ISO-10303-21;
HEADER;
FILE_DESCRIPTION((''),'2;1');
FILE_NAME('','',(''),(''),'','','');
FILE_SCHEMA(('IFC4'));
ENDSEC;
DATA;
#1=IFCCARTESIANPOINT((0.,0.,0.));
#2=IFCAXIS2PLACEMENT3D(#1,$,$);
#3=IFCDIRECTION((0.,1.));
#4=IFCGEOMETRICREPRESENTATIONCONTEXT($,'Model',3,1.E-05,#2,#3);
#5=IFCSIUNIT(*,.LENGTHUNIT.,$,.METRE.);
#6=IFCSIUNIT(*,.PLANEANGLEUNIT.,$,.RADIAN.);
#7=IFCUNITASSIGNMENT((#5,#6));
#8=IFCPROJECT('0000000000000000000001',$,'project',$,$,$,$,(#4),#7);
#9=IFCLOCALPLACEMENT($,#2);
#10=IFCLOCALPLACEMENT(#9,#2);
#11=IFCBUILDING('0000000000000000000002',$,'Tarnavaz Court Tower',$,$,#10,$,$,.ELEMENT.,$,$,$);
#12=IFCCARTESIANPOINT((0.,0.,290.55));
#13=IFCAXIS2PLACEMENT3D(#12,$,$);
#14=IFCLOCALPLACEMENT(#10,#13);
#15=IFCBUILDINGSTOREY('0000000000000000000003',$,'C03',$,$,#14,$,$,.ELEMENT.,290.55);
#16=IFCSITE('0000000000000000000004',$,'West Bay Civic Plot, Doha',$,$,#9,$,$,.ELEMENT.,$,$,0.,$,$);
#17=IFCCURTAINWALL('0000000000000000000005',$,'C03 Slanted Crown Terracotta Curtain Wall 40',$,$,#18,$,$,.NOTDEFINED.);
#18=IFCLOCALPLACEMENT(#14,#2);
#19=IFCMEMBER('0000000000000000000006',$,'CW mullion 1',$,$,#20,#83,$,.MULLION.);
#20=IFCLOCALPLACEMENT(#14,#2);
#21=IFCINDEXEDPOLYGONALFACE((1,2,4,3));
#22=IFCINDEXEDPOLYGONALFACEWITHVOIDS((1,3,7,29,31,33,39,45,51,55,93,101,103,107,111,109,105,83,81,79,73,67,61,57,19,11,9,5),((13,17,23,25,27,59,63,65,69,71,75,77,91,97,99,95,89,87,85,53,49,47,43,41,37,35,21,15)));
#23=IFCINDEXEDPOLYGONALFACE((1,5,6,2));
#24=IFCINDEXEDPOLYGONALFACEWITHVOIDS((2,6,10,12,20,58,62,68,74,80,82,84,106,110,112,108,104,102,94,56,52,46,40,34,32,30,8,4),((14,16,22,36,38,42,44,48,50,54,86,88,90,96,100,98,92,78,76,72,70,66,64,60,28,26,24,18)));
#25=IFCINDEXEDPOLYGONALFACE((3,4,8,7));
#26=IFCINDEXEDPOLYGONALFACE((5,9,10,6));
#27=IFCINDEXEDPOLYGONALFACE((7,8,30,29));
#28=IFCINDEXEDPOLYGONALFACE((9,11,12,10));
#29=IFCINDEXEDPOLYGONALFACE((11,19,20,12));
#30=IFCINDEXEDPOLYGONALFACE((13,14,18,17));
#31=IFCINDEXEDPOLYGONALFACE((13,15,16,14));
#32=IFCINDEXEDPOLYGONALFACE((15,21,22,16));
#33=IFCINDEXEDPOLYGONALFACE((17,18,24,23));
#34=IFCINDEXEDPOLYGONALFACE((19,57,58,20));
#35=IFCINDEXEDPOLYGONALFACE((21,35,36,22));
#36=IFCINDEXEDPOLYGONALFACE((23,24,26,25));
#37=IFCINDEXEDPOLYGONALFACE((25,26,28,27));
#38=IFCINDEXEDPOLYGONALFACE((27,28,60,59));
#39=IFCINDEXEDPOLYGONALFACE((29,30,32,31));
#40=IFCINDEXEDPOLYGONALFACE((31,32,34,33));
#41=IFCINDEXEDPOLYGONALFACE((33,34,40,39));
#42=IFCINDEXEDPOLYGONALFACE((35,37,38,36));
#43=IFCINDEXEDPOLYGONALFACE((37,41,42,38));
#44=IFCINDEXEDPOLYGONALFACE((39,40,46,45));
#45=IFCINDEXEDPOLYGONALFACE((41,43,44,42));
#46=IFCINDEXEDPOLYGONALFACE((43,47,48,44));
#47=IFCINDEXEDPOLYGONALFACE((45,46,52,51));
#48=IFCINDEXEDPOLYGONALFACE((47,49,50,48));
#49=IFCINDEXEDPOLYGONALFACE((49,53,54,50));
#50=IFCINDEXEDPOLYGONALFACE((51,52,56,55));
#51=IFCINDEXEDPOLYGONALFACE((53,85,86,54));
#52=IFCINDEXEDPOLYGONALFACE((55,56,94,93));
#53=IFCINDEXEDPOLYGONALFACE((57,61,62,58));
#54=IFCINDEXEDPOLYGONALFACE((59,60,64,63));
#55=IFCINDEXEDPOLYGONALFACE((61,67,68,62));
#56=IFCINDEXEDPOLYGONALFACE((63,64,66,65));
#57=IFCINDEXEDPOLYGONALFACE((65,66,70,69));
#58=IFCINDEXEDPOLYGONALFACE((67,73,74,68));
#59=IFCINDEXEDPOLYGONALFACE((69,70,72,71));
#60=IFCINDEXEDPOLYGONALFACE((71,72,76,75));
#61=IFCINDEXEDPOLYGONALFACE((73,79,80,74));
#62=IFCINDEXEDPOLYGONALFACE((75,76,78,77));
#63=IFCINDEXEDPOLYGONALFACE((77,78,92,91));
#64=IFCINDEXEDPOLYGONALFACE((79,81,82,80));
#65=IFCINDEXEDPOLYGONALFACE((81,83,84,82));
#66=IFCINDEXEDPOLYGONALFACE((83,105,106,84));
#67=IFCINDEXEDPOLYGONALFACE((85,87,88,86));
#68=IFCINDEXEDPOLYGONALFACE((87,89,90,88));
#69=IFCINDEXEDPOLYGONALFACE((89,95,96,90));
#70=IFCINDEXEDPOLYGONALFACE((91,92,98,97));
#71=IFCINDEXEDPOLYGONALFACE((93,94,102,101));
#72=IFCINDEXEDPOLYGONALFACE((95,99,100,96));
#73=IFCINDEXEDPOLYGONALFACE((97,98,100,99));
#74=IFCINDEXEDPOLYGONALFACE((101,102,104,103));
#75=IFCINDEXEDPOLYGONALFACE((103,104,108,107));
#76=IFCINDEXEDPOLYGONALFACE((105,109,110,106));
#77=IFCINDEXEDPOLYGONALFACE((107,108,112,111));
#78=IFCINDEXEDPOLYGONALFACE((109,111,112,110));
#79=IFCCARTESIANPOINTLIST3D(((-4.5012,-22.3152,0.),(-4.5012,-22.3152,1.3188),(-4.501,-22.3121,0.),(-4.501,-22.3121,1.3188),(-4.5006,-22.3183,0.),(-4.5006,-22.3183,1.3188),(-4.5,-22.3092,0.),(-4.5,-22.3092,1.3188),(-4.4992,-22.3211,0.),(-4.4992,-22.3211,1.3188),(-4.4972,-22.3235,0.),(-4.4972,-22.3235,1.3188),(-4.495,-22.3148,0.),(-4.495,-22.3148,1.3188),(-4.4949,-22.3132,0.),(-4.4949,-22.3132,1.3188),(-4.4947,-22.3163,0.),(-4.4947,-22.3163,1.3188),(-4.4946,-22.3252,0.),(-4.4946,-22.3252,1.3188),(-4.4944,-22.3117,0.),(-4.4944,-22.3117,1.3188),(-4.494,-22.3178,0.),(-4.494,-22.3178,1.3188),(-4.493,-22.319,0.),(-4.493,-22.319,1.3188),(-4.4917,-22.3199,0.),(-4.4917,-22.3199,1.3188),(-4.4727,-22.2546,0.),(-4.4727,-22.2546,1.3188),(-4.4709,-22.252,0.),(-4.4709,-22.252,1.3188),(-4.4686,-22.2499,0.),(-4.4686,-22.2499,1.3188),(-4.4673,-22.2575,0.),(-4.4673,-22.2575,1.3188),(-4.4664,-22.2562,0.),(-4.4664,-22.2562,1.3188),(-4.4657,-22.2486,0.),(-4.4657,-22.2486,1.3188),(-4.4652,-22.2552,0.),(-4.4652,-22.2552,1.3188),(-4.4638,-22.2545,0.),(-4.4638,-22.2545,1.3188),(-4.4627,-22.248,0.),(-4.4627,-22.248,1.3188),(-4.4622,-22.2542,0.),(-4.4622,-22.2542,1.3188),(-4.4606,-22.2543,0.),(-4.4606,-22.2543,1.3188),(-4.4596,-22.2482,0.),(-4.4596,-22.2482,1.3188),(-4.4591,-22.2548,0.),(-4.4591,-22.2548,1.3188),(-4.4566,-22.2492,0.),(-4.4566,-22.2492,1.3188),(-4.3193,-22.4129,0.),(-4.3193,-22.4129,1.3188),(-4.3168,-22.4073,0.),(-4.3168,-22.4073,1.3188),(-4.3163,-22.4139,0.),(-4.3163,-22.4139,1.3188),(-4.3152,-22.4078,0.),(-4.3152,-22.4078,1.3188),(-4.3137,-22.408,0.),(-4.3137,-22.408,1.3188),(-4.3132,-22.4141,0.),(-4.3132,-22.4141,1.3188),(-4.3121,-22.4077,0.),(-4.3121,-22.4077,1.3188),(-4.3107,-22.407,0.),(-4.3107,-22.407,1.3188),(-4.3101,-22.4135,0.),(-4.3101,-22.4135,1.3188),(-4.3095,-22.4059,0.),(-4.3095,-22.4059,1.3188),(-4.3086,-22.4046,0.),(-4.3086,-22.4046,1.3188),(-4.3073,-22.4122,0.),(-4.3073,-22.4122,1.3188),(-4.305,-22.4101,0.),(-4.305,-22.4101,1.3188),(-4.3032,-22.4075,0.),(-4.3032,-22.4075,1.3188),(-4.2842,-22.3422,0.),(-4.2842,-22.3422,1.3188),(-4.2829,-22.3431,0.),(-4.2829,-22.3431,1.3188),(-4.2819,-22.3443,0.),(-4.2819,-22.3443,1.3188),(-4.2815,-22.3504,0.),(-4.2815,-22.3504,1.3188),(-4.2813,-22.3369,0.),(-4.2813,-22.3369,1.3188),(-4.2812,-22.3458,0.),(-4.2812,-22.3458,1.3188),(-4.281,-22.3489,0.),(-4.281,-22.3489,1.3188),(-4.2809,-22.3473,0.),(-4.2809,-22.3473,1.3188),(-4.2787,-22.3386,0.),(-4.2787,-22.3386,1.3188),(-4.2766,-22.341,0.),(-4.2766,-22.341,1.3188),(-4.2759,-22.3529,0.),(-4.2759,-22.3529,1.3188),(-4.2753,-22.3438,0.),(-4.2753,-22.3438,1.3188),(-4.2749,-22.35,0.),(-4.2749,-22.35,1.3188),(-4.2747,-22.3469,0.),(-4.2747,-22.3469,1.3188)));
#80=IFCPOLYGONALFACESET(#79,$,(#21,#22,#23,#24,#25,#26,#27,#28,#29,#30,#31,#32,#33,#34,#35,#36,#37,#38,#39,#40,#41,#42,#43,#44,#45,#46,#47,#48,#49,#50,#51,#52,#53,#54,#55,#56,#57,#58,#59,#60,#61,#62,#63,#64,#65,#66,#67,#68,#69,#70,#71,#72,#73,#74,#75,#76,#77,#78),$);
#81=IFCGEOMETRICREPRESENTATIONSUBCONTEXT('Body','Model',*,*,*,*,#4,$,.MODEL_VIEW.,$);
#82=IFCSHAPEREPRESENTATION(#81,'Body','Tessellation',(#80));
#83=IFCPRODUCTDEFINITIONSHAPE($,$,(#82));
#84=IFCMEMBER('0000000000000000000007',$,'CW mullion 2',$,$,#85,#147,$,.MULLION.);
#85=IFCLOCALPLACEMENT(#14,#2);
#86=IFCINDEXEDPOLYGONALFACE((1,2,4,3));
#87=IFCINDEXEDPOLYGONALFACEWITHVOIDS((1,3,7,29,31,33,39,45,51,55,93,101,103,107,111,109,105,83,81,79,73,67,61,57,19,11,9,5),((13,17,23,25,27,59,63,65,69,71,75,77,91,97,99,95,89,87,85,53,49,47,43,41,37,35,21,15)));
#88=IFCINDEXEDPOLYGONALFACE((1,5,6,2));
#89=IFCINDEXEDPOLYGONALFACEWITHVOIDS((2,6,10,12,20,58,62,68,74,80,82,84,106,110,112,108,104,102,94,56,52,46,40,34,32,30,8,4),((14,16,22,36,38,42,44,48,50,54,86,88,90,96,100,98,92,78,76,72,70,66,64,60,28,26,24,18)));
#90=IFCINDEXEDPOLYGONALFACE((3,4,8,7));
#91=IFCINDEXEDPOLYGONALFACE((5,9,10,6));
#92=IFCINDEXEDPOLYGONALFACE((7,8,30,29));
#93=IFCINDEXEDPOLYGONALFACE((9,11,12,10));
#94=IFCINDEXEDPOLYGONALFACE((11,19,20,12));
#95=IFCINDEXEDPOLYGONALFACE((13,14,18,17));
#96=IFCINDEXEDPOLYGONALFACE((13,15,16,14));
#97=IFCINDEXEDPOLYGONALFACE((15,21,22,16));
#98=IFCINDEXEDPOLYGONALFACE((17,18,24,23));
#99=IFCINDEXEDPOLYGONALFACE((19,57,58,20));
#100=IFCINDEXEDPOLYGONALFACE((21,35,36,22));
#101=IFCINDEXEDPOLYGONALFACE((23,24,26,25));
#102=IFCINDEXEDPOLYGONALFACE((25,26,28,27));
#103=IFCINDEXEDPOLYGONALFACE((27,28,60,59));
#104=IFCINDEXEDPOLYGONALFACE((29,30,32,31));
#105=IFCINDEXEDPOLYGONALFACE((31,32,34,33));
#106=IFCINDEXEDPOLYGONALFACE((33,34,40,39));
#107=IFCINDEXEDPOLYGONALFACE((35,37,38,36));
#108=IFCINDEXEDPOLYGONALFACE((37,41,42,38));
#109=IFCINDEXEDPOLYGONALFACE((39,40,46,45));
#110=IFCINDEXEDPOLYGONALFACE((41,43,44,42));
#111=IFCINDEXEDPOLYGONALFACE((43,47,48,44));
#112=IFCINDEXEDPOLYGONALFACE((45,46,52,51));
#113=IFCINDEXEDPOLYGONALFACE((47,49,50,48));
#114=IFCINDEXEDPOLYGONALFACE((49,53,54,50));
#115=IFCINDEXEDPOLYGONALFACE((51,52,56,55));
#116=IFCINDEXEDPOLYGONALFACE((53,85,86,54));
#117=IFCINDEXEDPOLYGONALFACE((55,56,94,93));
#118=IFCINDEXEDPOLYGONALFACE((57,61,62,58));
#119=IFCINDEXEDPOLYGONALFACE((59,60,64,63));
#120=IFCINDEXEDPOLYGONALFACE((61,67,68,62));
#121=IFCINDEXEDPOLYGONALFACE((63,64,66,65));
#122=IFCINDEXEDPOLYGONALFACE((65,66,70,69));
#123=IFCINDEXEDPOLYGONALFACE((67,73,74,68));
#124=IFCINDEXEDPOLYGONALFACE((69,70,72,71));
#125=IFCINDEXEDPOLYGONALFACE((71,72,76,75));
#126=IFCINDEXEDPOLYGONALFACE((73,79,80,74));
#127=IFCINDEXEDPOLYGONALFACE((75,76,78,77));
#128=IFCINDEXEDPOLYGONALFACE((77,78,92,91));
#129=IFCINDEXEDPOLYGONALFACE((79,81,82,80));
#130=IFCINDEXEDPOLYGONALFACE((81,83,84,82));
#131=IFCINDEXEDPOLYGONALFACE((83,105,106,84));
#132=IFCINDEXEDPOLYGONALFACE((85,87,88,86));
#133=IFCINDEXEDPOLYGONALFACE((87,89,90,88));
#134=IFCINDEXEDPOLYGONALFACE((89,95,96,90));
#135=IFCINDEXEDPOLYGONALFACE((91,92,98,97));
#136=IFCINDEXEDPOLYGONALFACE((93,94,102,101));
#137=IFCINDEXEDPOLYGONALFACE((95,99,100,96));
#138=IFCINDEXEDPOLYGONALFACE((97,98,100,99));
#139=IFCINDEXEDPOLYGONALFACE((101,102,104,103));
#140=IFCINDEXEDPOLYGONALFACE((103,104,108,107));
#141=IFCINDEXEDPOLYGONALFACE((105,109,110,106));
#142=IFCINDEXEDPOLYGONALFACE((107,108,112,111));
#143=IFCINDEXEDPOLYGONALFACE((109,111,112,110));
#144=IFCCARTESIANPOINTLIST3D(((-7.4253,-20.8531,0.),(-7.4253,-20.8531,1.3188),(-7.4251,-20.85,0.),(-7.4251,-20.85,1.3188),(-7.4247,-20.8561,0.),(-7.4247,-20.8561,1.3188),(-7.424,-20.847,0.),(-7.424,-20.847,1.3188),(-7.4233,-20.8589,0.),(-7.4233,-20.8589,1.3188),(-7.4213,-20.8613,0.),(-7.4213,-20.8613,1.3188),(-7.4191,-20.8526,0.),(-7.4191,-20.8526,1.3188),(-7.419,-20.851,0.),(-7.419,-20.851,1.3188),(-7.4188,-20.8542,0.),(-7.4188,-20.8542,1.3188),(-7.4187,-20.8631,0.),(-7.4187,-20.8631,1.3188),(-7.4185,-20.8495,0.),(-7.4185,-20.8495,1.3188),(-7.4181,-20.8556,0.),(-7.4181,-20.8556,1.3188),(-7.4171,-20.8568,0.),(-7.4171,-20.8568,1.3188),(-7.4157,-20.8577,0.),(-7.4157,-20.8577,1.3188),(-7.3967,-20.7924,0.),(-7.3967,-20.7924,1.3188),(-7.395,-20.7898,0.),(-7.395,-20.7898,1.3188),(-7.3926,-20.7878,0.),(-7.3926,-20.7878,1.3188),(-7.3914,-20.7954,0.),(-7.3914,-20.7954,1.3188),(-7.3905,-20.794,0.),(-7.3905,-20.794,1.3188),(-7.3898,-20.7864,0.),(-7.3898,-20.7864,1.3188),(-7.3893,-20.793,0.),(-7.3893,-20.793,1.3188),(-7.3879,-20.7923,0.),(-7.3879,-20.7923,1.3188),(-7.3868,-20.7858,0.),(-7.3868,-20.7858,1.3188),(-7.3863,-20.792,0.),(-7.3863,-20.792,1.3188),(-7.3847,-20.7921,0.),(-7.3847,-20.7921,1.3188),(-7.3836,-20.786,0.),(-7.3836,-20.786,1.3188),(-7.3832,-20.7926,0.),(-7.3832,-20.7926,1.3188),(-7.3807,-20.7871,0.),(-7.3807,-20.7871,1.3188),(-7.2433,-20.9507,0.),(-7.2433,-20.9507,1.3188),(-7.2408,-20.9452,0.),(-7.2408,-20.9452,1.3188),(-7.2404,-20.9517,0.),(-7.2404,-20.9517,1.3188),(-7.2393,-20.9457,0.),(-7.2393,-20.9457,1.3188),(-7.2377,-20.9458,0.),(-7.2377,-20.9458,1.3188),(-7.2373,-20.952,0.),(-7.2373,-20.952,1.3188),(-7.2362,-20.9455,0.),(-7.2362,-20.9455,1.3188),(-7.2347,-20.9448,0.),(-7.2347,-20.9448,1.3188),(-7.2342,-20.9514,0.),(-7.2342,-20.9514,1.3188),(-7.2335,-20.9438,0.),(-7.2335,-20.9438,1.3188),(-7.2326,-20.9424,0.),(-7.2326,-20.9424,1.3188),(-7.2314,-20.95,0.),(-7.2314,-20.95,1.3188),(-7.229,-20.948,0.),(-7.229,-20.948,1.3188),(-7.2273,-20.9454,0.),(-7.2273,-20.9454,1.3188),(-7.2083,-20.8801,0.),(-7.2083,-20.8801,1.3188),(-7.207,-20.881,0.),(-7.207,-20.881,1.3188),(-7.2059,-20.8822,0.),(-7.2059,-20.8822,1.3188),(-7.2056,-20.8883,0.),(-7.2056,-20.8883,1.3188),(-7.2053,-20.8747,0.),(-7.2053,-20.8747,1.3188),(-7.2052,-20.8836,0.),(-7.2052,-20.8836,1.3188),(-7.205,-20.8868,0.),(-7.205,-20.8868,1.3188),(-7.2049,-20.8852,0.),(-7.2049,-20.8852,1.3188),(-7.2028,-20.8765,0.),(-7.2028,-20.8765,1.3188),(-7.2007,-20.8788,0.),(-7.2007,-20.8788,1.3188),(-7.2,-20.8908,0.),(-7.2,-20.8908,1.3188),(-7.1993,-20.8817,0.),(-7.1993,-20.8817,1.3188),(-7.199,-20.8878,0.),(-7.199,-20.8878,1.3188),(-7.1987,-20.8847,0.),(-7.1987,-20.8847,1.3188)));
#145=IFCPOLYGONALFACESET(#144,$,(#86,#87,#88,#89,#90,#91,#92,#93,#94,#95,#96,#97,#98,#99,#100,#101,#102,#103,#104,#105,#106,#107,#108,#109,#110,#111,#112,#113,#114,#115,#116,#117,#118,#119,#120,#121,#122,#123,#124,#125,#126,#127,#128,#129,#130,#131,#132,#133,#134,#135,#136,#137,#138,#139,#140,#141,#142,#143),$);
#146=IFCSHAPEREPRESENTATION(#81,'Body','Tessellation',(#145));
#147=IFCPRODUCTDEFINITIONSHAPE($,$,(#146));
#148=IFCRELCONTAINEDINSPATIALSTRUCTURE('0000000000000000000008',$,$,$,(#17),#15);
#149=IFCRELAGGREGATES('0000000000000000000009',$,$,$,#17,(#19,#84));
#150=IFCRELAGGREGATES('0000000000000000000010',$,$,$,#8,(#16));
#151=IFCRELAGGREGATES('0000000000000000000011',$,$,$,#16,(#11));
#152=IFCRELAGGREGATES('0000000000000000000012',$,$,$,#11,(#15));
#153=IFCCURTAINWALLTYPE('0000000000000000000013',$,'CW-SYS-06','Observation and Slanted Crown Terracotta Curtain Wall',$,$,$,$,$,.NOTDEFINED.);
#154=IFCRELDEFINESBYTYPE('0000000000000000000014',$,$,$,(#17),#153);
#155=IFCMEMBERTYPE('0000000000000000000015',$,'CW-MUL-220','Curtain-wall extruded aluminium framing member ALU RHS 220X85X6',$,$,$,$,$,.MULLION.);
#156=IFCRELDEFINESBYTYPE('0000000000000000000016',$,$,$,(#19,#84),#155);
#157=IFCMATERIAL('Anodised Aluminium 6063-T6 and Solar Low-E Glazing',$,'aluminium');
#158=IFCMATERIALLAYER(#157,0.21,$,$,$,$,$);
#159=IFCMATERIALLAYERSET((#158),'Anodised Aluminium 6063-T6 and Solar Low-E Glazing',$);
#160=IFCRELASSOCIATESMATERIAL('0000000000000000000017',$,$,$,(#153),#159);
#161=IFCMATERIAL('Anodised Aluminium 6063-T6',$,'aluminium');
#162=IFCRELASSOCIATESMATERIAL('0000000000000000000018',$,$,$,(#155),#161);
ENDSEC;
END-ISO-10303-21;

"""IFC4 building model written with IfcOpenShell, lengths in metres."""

from ifc_helpers import new_model, si_unit, direction, frame, origin, origin_2d, place, context, subcontext, project, spatial, hollow_rectangle, extrude, material, layer, layer_set, material_profile, profile_set, type_object, element, aggregate, save


model = new_model("IFC4")

# Units and contexts
model_context = context("Model", 3, precision=1e-05, world=origin(), true_north=direction((0.0, 1.0)))
body_context = subcontext(model_context, "Body", "Model", "MODEL_VIEW")
ifc_project = project(units=[si_unit("LENGTHUNIT", "METRE"), si_unit("PLANEANGLEUNIT", "RADIAN")], contexts=[model_context])

# Site, building, storey
site_placement = place(None, origin())
site = spatial("IfcSite", under=ifc_project, at=site_placement, Name="West Bay Civic Plot, Doha", CompositionType="ELEMENT", RefElevation=0.0)
building_placement = place(site_placement, origin())
building = spatial("IfcBuilding", under=site, at=building_placement, Name="Tarnavaz Court Tower", CompositionType="ELEMENT")
storey_placement = place(building_placement, frame((0.0, 0.0, 290.55)))
storey = spatial("IfcBuildingStorey", under=building, at=storey_placement, Name="C03", CompositionType="ELEMENT", Elevation=290.55)

# Shared definitions
ifc_material_1 = material(Name="Anodised Aluminium 6063-T6 and Solar Low-E Glazing", Category="aluminium")
ifc_layer_1 = layer(ifc_material_1, 0.21)
ifc_layer_set_1 = layer_set([ifc_layer_1], Name="Anodised Aluminium 6063-T6 and Solar Low-E Glazing")
curtain_wall_type = type_object("IfcCurtainWallType", Name="CW-SYS-06", Description="Observation and Slanted Crown Terracotta Curtain Wall", PredefinedType="NOTDEFINED", material=ifc_layer_set_1)
ifc_material_2 = material(Name="Anodised Aluminium 6063-T6", Category="aluminium")
ifc_material_profile_1 = material_profile(ifc_material_2, hollow_rectangle(XDim=0.085, YDim=0.22, WallThickness=0.0061, InnerFilletRadius=0.0061, OuterFilletRadius=0.012, at=origin_2d()), Name="ALU RHS 220X85X6")
ifc_profile_set_1 = profile_set([ifc_material_profile_1], Name="Anodised Aluminium 6063-T6")
member_type_1 = type_object("IfcMemberType", Name="CW-MUL-220", Description="Curtain-wall extruded aluminium framing member ALU RHS 220X85X6", PredefinedType="MULLION", material=ifc_profile_set_1)

# Curtain wall, members
curtain_wall_1_placement = place(storey_placement, origin())
curtain_wall_1 = element("IfcCurtainWall", 1, at=curtain_wall_1_placement, inside=storey, type_object=curtain_wall_type, Name="C03 Slanted Crown Terracotta Curtain Wall 40", PredefinedType="NOTDEFINED")
member_1_placement = place(storey_placement, frame((-4.3879, -22.3311, 0.0), z_axis=(0.0, 0.0, 1.0), x_axis=(-0.447214, -0.894427, 0.0)))
member_1 = element("IfcMember", 2, at=member_1_placement, type_object=member_type_1, Name="CW mullion 1", PredefinedType="MULLION", context=body_context, shape_type="SweptSolid", body=[
    extrude(hollow_rectangle(XDim=0.085, YDim=0.22, WallThickness=0.0061, InnerFilletRadius=0.0061, OuterFilletRadius=0.012, at=origin_2d()), origin(), (0.0, 0.0, 1.0), 1.3188),
])
member_2_placement = place(storey_placement, frame((-7.312, -20.8689, 0.0), z_axis=(0.0, 0.0, 1.0), x_axis=(-0.447214, -0.894427, 0.0)))
member_2 = element("IfcMember", 3, at=member_2_placement, type_object=member_type_1, Name="CW mullion 2", PredefinedType="MULLION", context=body_context, shape_type="SweptSolid", body=[
    extrude(hollow_rectangle(XDim=0.085, YDim=0.22, WallThickness=0.0061, InnerFilletRadius=0.0061, OuterFilletRadius=0.012, at=origin_2d()), origin(), (0.0, 0.0, 1.0), 1.3188),
])

aggregate(curtain_wall_1, [member_1, member_2])

save(model, "model.ifc")
